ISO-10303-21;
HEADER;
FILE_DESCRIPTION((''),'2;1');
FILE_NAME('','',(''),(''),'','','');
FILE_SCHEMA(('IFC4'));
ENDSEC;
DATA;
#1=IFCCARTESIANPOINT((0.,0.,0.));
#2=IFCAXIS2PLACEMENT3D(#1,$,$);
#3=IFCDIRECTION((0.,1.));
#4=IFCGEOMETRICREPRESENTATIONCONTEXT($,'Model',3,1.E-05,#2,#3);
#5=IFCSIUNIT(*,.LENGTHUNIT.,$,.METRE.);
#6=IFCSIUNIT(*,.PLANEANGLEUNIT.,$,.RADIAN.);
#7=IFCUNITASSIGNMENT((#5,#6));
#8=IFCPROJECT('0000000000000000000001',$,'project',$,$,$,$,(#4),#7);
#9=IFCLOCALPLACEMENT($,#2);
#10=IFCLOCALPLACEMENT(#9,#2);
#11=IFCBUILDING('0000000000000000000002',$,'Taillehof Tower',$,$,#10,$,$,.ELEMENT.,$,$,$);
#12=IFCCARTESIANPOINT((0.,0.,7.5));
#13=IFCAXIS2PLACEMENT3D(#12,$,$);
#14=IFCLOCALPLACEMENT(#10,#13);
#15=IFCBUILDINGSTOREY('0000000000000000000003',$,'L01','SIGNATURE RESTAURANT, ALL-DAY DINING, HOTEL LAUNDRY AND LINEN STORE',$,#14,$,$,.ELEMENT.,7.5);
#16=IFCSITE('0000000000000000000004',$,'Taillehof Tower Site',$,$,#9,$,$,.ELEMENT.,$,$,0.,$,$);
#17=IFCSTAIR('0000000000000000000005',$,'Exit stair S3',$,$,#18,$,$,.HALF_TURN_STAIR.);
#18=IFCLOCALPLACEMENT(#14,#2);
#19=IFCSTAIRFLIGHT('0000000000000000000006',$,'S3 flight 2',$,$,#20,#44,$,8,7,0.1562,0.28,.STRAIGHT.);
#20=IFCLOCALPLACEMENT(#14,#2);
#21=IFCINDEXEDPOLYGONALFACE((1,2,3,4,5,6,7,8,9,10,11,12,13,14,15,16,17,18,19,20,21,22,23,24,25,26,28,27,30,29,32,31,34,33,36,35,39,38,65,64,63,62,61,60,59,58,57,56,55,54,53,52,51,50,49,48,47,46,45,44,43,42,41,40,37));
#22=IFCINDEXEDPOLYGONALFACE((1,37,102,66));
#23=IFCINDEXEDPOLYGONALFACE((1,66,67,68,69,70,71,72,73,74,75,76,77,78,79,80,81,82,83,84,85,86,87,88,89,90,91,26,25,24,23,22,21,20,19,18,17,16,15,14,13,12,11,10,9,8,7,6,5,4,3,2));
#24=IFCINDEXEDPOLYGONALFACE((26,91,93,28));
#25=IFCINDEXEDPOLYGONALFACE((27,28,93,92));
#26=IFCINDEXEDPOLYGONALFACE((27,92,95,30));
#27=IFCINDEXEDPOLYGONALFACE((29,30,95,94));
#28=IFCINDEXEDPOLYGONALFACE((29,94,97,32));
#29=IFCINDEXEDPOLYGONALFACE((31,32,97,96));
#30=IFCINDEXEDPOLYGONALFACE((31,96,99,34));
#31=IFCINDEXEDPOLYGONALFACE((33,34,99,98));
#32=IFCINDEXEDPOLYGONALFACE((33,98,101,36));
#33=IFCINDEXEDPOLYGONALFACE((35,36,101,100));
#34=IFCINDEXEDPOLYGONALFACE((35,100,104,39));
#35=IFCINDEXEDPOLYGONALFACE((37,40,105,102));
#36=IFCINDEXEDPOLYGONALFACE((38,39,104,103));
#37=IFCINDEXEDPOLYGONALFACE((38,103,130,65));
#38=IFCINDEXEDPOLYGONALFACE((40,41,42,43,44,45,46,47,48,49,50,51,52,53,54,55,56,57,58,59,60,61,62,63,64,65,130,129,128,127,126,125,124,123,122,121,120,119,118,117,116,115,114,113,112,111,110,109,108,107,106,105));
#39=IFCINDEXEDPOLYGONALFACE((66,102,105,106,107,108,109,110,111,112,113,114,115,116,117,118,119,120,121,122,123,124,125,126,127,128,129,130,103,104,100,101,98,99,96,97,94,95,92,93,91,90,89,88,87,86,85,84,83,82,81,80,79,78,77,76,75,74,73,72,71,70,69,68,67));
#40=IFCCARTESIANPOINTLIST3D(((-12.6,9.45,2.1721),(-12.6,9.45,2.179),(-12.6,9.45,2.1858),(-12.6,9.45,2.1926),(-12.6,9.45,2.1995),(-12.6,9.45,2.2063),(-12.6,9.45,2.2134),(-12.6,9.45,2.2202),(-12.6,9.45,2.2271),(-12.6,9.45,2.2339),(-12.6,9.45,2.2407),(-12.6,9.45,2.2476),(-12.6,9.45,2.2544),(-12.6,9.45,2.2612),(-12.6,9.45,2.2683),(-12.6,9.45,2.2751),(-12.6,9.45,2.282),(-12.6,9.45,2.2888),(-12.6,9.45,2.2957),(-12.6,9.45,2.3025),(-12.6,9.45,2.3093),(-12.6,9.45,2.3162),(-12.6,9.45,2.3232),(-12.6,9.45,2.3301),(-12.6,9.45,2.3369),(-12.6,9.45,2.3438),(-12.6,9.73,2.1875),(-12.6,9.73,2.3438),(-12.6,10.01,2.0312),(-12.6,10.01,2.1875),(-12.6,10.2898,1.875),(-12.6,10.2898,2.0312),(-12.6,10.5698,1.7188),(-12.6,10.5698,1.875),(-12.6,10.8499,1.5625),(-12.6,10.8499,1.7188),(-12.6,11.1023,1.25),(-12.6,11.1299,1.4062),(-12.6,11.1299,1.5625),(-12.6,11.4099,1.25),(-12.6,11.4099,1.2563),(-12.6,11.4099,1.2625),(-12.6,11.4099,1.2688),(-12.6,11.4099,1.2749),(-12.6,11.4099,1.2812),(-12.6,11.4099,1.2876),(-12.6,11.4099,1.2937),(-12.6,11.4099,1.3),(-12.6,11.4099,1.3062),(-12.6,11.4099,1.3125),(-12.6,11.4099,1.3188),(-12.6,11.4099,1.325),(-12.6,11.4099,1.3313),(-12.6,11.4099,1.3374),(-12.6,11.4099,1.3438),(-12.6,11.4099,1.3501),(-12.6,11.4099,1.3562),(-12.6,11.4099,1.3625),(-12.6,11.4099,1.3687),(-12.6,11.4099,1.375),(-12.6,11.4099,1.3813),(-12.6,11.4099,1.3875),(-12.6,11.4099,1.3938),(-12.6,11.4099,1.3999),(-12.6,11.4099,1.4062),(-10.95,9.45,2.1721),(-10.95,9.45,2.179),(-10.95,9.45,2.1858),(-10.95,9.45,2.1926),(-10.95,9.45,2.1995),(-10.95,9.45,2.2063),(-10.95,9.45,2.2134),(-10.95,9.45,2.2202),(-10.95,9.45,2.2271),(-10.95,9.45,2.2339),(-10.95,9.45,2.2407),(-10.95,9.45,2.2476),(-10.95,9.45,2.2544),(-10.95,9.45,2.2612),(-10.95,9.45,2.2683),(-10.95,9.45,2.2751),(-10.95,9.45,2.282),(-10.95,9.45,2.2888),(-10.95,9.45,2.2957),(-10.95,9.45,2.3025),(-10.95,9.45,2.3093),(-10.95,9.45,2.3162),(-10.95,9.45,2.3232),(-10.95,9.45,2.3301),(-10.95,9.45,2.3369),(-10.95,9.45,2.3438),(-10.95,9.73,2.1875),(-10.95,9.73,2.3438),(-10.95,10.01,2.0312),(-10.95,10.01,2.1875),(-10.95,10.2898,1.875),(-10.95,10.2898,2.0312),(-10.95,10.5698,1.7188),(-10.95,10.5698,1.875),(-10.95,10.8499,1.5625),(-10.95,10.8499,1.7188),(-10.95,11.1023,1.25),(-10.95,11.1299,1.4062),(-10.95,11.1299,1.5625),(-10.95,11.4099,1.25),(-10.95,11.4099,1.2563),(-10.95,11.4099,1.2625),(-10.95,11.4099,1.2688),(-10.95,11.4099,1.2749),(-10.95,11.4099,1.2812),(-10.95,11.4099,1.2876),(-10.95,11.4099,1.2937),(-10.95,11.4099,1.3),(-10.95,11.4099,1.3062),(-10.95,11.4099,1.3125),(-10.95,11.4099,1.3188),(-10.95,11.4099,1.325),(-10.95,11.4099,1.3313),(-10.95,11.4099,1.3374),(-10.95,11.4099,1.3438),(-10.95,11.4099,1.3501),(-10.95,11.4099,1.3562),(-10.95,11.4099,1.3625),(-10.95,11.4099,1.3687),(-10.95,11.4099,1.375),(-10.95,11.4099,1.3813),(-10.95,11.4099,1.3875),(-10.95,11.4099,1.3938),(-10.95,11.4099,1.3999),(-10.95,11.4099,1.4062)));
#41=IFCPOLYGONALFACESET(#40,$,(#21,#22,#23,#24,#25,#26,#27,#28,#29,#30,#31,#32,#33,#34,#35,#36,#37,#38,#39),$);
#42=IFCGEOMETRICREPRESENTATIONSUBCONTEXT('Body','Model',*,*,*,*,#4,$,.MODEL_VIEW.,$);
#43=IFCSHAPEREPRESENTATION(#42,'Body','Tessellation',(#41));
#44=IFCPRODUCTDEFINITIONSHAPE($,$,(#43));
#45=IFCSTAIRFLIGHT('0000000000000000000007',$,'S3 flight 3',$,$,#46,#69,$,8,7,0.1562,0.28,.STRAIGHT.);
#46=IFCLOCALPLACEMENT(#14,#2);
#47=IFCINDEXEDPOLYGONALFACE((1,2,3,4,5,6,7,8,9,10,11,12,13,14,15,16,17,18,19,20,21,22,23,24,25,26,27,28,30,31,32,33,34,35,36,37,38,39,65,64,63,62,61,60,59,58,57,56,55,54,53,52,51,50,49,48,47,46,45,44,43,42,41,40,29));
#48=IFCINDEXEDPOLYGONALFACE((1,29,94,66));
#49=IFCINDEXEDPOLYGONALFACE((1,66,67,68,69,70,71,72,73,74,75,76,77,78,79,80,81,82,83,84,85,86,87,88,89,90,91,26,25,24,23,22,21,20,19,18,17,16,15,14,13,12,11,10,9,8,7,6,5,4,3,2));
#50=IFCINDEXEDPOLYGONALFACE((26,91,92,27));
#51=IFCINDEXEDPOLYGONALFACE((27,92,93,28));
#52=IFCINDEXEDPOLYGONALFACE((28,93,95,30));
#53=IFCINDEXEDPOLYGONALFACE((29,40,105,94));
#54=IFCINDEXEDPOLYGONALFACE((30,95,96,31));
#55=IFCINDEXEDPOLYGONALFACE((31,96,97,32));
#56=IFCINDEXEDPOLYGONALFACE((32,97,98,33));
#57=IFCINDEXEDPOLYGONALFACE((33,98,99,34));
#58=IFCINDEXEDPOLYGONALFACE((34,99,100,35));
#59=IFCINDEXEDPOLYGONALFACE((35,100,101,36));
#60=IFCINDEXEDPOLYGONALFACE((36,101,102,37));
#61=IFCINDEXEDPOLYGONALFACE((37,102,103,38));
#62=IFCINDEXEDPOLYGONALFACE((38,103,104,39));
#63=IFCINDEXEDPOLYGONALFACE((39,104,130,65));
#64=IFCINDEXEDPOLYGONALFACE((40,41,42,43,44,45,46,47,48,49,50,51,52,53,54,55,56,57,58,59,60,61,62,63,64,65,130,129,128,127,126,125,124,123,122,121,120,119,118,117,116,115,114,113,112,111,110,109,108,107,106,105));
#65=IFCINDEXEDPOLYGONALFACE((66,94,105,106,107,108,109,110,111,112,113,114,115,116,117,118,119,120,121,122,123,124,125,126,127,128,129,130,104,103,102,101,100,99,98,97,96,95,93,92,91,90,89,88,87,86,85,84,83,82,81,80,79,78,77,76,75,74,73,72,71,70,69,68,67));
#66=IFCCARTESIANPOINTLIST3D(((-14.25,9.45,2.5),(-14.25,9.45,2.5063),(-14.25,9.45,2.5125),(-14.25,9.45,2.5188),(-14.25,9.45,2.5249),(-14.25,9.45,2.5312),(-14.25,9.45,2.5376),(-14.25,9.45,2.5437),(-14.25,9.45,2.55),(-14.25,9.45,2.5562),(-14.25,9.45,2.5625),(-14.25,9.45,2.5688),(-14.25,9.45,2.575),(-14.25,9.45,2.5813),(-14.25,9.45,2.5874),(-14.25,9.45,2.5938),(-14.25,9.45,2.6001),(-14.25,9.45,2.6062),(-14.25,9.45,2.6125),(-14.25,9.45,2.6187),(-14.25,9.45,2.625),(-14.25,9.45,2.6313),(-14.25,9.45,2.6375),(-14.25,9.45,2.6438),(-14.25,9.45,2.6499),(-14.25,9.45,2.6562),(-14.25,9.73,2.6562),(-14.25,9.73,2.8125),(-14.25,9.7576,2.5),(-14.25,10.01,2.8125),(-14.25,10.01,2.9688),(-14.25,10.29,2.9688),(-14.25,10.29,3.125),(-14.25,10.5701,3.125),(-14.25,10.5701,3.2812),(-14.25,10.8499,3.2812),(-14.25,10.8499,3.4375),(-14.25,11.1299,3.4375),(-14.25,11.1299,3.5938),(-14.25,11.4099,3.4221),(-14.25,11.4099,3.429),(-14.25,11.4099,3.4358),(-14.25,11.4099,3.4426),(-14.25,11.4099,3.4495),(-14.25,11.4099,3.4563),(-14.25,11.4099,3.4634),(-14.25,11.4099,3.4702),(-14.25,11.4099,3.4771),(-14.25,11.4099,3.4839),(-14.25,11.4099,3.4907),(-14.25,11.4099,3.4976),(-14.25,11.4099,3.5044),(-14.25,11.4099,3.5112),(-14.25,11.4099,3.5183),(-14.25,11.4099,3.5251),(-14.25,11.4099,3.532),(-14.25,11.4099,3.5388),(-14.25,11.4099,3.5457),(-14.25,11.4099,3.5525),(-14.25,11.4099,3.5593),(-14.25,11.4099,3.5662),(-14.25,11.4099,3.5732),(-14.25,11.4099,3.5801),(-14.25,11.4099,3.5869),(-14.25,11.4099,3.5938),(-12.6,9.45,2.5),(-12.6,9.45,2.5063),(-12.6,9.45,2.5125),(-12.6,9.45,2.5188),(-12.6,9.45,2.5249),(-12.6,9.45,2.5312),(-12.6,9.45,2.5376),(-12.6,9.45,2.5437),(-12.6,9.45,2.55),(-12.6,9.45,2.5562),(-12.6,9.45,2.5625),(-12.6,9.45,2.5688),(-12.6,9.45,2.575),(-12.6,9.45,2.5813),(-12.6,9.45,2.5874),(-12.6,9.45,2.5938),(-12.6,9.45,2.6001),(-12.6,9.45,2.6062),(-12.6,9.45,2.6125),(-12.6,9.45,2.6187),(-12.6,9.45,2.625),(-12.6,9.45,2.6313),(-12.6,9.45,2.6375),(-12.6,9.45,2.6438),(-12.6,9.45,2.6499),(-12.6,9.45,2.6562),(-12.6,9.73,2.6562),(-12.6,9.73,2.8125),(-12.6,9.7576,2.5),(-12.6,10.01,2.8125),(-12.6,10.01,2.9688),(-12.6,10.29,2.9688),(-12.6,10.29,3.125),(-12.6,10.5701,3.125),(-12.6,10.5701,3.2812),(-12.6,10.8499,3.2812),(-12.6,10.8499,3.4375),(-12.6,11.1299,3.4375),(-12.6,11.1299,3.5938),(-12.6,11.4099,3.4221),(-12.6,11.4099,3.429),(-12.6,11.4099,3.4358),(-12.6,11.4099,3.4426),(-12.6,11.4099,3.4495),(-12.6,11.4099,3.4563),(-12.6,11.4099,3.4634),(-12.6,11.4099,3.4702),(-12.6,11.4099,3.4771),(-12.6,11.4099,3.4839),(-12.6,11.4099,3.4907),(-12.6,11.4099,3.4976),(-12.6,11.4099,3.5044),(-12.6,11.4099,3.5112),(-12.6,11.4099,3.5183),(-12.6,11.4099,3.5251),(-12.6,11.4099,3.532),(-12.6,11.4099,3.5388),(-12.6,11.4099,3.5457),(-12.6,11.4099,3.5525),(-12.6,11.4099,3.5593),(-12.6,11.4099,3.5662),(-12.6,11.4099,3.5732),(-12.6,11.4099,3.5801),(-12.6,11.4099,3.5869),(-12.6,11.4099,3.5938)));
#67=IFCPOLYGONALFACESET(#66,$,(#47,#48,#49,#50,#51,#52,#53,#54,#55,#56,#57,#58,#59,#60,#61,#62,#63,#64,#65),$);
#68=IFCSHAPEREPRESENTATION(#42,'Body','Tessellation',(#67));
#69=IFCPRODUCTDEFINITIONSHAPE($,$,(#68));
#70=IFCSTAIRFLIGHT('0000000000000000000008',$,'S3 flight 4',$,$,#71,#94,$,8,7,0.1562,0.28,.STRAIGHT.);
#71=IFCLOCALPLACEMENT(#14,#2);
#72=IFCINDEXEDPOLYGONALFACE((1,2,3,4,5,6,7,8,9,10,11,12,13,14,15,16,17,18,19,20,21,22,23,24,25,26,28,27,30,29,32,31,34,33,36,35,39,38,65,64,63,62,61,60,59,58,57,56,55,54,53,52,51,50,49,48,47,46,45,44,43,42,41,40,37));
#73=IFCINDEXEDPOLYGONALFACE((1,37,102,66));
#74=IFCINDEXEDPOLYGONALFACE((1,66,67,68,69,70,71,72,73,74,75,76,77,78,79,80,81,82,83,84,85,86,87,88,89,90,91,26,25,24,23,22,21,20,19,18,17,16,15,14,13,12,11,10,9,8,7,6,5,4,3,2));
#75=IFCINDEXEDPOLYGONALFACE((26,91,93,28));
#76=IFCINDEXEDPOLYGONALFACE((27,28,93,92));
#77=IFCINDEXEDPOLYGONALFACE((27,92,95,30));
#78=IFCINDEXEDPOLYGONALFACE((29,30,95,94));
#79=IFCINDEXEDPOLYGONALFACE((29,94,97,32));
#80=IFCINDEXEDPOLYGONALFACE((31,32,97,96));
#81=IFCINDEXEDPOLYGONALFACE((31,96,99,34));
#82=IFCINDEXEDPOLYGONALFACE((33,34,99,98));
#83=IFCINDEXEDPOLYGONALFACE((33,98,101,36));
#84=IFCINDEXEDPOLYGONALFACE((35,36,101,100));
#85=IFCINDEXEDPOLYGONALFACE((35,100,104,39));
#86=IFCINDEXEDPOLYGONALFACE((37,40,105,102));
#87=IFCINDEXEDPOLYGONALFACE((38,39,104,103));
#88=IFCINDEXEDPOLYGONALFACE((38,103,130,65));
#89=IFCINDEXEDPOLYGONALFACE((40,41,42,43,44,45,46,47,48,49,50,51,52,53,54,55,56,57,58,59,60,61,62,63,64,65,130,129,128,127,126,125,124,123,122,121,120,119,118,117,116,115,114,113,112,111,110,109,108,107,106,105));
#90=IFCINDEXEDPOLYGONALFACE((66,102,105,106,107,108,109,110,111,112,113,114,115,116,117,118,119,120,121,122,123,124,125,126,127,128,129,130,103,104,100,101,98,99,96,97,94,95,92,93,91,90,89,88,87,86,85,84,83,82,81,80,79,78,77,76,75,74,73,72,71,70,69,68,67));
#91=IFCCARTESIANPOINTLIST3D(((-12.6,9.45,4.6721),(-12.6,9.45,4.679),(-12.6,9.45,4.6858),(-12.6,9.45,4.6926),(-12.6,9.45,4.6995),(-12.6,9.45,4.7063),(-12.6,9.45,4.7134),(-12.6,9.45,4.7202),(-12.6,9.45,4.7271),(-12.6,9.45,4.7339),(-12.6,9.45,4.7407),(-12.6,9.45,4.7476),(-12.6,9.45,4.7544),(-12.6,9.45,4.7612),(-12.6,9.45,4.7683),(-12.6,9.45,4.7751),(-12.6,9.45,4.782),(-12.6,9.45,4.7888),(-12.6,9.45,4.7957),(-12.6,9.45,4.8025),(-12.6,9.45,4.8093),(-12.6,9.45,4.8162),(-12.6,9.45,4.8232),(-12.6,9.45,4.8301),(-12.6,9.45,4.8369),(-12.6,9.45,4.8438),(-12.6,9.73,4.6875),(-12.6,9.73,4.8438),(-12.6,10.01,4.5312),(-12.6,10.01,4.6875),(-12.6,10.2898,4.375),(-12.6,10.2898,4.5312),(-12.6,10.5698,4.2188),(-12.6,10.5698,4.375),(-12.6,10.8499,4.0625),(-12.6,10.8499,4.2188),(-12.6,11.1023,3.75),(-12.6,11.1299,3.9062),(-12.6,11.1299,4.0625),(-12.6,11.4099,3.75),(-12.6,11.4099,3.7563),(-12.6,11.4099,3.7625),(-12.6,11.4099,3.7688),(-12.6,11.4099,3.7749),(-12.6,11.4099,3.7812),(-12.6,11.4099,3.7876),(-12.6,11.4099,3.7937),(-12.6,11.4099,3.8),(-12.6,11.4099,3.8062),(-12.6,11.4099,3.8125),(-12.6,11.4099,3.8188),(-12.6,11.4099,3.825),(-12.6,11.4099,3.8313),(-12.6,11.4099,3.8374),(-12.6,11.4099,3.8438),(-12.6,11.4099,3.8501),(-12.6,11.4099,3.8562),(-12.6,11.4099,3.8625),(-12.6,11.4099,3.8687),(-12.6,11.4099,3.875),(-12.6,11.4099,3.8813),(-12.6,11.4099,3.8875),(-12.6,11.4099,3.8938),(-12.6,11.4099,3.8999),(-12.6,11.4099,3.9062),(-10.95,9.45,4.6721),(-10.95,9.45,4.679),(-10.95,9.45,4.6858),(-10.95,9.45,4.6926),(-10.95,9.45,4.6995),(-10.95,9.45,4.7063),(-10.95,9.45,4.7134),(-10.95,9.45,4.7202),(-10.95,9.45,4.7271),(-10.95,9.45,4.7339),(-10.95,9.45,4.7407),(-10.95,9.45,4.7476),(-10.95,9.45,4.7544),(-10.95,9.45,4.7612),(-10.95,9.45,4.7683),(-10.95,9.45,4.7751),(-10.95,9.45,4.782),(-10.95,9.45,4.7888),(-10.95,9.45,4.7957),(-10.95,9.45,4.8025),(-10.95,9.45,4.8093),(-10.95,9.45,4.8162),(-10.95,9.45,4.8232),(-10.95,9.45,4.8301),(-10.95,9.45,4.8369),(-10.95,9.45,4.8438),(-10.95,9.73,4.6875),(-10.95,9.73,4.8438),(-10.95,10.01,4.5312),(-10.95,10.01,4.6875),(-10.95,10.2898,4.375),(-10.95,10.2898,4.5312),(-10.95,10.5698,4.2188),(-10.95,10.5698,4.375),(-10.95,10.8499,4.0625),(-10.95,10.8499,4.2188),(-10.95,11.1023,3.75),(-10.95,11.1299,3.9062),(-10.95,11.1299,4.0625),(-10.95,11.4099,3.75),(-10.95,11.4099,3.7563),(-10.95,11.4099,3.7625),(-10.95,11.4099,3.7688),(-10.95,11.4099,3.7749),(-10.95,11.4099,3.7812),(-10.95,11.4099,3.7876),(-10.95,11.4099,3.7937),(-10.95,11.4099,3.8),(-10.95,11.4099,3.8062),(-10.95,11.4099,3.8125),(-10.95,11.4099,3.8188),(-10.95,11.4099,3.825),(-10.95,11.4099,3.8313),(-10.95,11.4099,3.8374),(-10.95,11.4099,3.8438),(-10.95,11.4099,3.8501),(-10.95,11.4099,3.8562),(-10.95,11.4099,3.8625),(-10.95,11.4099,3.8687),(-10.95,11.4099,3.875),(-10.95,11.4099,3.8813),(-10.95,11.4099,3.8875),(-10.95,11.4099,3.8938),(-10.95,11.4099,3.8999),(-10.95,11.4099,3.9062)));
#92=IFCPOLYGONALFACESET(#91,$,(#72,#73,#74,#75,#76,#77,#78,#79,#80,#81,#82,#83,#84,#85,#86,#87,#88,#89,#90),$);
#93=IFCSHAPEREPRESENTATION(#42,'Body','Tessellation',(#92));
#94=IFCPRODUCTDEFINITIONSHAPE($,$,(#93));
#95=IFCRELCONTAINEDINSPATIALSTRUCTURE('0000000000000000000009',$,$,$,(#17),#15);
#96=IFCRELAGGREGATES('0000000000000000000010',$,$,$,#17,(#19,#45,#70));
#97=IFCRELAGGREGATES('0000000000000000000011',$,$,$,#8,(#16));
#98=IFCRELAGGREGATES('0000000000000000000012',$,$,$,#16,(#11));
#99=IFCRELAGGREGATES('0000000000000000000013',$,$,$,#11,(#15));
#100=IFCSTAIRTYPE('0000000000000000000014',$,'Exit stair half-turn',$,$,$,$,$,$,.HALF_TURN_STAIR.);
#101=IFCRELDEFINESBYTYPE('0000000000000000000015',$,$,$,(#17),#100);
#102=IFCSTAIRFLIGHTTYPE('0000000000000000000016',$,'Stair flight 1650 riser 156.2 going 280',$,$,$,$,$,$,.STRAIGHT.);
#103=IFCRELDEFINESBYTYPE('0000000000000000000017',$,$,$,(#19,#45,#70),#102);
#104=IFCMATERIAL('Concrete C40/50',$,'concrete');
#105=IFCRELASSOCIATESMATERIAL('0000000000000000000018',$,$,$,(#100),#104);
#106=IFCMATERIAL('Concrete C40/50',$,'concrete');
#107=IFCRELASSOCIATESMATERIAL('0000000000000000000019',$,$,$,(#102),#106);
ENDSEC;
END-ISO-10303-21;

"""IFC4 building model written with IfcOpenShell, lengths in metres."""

from ifc_helpers import new_model, si_unit, direction, frame, origin, place, context, subcontext, project, spatial, polyline, outline, extrude, material, type_object, element, aggregate, save


model = new_model("IFC4")

# Units and contexts
model_context = context("Model", 3, precision=1e-05, world=origin(), true_north=direction((0.0, 1.0)))
body_context = subcontext(model_context, "Body", "Model", "MODEL_VIEW")
ifc_project = project(units=[si_unit("LENGTHUNIT", "METRE"), si_unit("PLANEANGLEUNIT", "RADIAN")], contexts=[model_context])

# Site, building, storey
site_placement = place(None, origin())
site = spatial("IfcSite", under=ifc_project, at=site_placement, Name="Taillehof Tower Site", CompositionType="ELEMENT", RefElevation=0.0)
building_placement = place(site_placement, origin())
building = spatial("IfcBuilding", under=site, at=building_placement, Name="Taillehof Tower", CompositionType="ELEMENT")
storey_placement = place(building_placement, frame((0.0, 0.0, 7.5)))
storey = spatial("IfcBuildingStorey", under=building, at=storey_placement, Name="L01", Description="SIGNATURE RESTAURANT, ALL-DAY DINING, HOTEL LAUNDRY AND LINEN STORE", CompositionType="ELEMENT", Elevation=7.5)

# Stair, stair flights
ifc_material_1 = material(Name="Concrete C40/50", Category="concrete")
stair_type_1 = type_object("IfcStairType", Name="Exit stair half-turn", PredefinedType="HALF_TURN_STAIR", material=ifc_material_1)
stair_1_placement = place(storey_placement, origin())
stair_1 = element("IfcStair", 1, at=stair_1_placement, inside=storey, type_object=stair_type_1, Name="Exit stair S3", PredefinedType="HALF_TURN_STAIR")
ifc_material_2 = material(Name="Concrete C40/50", Category="concrete")
stair_flight_type_1 = type_object("IfcStairFlightType", Name="Stair flight 1650 riser 156.2 going 280", PredefinedType="STRAIGHT", material=ifc_material_2)
stair_flight_1_placement = place(storey_placement, frame((-11.7749, 11.4099, 1.25), z_axis=(0.0, 0.0, 1.0), x_axis=(0.0, -1.0, 0.0)))
stair_flight_1 = element("IfcStairFlight", 2, at=stair_flight_1_placement, type_object=stair_flight_type_1, Name="S3 flight 2", NumberOfRisers=8, NumberOfTreads=7, PredefinedType="STRAIGHT", RiserHeight=0.1562, TreadLength=0.28, context=body_context, shape_type="SweptSolid", body=[
    extrude(outline(polyline([(0.0, 0.0), (0.0, 0.0063), (0.0, 0.0125), (0.0, 0.0188), (0.0, 0.0249), (0.0, 0.0312), (0.0, 0.0376), (0.0, 0.0437), (0.0, 0.05), (0.0, 0.0562), (0.0, 0.0625), (0.0, 0.0688), (0.0, 0.075), (0.0, 0.0813), (0.0, 0.0874), (0.0, 0.0938), (0.0, 0.1001), (0.0, 0.1062), (0.0, 0.1125), (0.0, 0.1187), (0.0, 0.125), (0.0, 0.1313), (0.0, 0.1375), (0.0, 0.1438), (0.0, 0.1499), (0.0, 0.1562), (0.28, 0.1562), (0.28, 0.3125), (0.5601, 0.3125), (0.5601, 0.4688), (0.8401, 0.4688), (0.8401, 0.625), (1.1201, 0.625), (1.1201, 0.7812), (1.3999, 0.7812), (1.3999, 0.9375), (1.6799, 0.9375), (1.6799, 1.0938), (1.96, 1.0938), (1.96, 1.0869), (1.96, 1.0801), (1.96, 1.0732), (1.96, 1.0662), (1.96, 1.0593), (1.96, 1.0525), (1.96, 1.0457), (1.96, 1.0388), (1.96, 1.032), (1.96, 1.0251), (1.96, 1.0183), (1.96, 1.0112), (1.96, 1.0044), (1.96, 0.9976), (1.96, 0.9907), (1.96, 0.9839), (1.96, 0.9771), (1.96, 0.9702), (1.96, 0.9634), (1.96, 0.9563), (1.96, 0.9495), (1.96, 0.9426), (1.96, 0.9358), (1.96, 0.929), (1.96, 0.9221), (0.3076, 0.0), (0.0, 0.0)])), frame((0.0, 0.825, 0.0), z_axis=(0.0, -1.0, 0.0), x_axis=(1.0, 0.0, 0.0)), (0.0, 0.0, 1.0), 1.65),
])
stair_flight_2_placement = place(storey_placement, frame((-13.425, 9.45, 2.5), z_axis=(0.0, 0.0, 1.0), x_axis=(0.0, 1.0, 0.0)))
stair_flight_2 = element("IfcStairFlight", 3, at=stair_flight_2_placement, type_object=stair_flight_type_1, Name="S3 flight 3", NumberOfRisers=8, NumberOfTreads=7, PredefinedType="STRAIGHT", RiserHeight=0.1562, TreadLength=0.28, context=body_context, shape_type="SweptSolid", body=[
    extrude(outline(polyline([(0.0, 0.0), (0.0, 0.0063), (0.0, 0.0125), (0.0, 0.0188), (0.0, 0.0249), (0.0, 0.0312), (0.0, 0.0376), (0.0, 0.0437), (0.0, 0.05), (0.0, 0.0562), (0.0, 0.0625), (0.0, 0.0688), (0.0, 0.075), (0.0, 0.0813), (0.0, 0.0874), (0.0, 0.0938), (0.0, 0.1001), (0.0, 0.1062), (0.0, 0.1125), (0.0, 0.1187), (0.0, 0.125), (0.0, 0.1313), (0.0, 0.1375), (0.0, 0.1438), (0.0, 0.1499), (0.0, 0.1562), (0.28, 0.1562), (0.28, 0.3125), (0.5601, 0.3125), (0.5601, 0.4688), (0.8401, 0.4688), (0.8401, 0.625), (1.1201, 0.625), (1.1201, 0.7812), (1.3999, 0.7812), (1.3999, 0.9375), (1.6799, 0.9375), (1.6799, 1.0938), (1.96, 1.0938), (1.96, 1.0869), (1.96, 1.0801), (1.96, 1.0732), (1.96, 1.0662), (1.96, 1.0593), (1.96, 1.0525), (1.96, 1.0457), (1.96, 1.0388), (1.96, 1.032), (1.96, 1.0251), (1.96, 1.0183), (1.96, 1.0112), (1.96, 1.0044), (1.96, 0.9976), (1.96, 0.9907), (1.96, 0.9839), (1.96, 0.9771), (1.96, 0.9702), (1.96, 0.9634), (1.96, 0.9563), (1.96, 0.9495), (1.96, 0.9426), (1.96, 0.9358), (1.96, 0.929), (1.96, 0.9221), (0.3076, 0.0), (0.0, 0.0)])), frame((0.0, 0.825, 0.0), z_axis=(0.0, -1.0, 0.0), x_axis=(1.0, 0.0, 0.0)), (0.0, 0.0, 1.0), 1.65),
])
stair_flight_3_placement = place(storey_placement, frame((-11.7749, 11.4099, 3.75), z_axis=(0.0, 0.0, 1.0), x_axis=(0.0, -1.0, 0.0)))
stair_flight_3 = element("IfcStairFlight", 4, at=stair_flight_3_placement, type_object=stair_flight_type_1, Name="S3 flight 4", NumberOfRisers=8, NumberOfTreads=7, PredefinedType="STRAIGHT", RiserHeight=0.1562, TreadLength=0.28, context=body_context, shape_type="SweptSolid", body=[
    extrude(outline(polyline([(0.0, 0.0), (0.0, 0.0063), (0.0, 0.0125), (0.0, 0.0188), (0.0, 0.0249), (0.0, 0.0312), (0.0, 0.0376), (0.0, 0.0437), (0.0, 0.05), (0.0, 0.0562), (0.0, 0.0625), (0.0, 0.0688), (0.0, 0.075), (0.0, 0.0813), (0.0, 0.0874), (0.0, 0.0938), (0.0, 0.1001), (0.0, 0.1062), (0.0, 0.1125), (0.0, 0.1187), (0.0, 0.125), (0.0, 0.1313), (0.0, 0.1375), (0.0, 0.1438), (0.0, 0.1499), (0.0, 0.1562), (0.28, 0.1562), (0.28, 0.3125), (0.5601, 0.3125), (0.5601, 0.4688), (0.8401, 0.4688), (0.8401, 0.625), (1.1201, 0.625), (1.1201, 0.7812), (1.3999, 0.7812), (1.3999, 0.9375), (1.6799, 0.9375), (1.6799, 1.0938), (1.96, 1.0938), (1.96, 1.0869), (1.96, 1.0801), (1.96, 1.0732), (1.96, 1.0662), (1.96, 1.0593), (1.96, 1.0525), (1.96, 1.0457), (1.96, 1.0388), (1.96, 1.032), (1.96, 1.0251), (1.96, 1.0183), (1.96, 1.0112), (1.96, 1.0044), (1.96, 0.9976), (1.96, 0.9907), (1.96, 0.9839), (1.96, 0.9771), (1.96, 0.9702), (1.96, 0.9634), (1.96, 0.9563), (1.96, 0.9495), (1.96, 0.9426), (1.96, 0.9358), (1.96, 0.929), (1.96, 0.9221), (0.3076, 0.0), (0.0, 0.0)])), frame((0.0, 0.825, 0.0), z_axis=(0.0, -1.0, 0.0), x_axis=(1.0, 0.0, 0.0)), (0.0, 0.0, 1.0), 1.65),
])
aggregate(stair_1, [stair_flight_1, stair_flight_2, stair_flight_3])

save(model, "model.ifc")
